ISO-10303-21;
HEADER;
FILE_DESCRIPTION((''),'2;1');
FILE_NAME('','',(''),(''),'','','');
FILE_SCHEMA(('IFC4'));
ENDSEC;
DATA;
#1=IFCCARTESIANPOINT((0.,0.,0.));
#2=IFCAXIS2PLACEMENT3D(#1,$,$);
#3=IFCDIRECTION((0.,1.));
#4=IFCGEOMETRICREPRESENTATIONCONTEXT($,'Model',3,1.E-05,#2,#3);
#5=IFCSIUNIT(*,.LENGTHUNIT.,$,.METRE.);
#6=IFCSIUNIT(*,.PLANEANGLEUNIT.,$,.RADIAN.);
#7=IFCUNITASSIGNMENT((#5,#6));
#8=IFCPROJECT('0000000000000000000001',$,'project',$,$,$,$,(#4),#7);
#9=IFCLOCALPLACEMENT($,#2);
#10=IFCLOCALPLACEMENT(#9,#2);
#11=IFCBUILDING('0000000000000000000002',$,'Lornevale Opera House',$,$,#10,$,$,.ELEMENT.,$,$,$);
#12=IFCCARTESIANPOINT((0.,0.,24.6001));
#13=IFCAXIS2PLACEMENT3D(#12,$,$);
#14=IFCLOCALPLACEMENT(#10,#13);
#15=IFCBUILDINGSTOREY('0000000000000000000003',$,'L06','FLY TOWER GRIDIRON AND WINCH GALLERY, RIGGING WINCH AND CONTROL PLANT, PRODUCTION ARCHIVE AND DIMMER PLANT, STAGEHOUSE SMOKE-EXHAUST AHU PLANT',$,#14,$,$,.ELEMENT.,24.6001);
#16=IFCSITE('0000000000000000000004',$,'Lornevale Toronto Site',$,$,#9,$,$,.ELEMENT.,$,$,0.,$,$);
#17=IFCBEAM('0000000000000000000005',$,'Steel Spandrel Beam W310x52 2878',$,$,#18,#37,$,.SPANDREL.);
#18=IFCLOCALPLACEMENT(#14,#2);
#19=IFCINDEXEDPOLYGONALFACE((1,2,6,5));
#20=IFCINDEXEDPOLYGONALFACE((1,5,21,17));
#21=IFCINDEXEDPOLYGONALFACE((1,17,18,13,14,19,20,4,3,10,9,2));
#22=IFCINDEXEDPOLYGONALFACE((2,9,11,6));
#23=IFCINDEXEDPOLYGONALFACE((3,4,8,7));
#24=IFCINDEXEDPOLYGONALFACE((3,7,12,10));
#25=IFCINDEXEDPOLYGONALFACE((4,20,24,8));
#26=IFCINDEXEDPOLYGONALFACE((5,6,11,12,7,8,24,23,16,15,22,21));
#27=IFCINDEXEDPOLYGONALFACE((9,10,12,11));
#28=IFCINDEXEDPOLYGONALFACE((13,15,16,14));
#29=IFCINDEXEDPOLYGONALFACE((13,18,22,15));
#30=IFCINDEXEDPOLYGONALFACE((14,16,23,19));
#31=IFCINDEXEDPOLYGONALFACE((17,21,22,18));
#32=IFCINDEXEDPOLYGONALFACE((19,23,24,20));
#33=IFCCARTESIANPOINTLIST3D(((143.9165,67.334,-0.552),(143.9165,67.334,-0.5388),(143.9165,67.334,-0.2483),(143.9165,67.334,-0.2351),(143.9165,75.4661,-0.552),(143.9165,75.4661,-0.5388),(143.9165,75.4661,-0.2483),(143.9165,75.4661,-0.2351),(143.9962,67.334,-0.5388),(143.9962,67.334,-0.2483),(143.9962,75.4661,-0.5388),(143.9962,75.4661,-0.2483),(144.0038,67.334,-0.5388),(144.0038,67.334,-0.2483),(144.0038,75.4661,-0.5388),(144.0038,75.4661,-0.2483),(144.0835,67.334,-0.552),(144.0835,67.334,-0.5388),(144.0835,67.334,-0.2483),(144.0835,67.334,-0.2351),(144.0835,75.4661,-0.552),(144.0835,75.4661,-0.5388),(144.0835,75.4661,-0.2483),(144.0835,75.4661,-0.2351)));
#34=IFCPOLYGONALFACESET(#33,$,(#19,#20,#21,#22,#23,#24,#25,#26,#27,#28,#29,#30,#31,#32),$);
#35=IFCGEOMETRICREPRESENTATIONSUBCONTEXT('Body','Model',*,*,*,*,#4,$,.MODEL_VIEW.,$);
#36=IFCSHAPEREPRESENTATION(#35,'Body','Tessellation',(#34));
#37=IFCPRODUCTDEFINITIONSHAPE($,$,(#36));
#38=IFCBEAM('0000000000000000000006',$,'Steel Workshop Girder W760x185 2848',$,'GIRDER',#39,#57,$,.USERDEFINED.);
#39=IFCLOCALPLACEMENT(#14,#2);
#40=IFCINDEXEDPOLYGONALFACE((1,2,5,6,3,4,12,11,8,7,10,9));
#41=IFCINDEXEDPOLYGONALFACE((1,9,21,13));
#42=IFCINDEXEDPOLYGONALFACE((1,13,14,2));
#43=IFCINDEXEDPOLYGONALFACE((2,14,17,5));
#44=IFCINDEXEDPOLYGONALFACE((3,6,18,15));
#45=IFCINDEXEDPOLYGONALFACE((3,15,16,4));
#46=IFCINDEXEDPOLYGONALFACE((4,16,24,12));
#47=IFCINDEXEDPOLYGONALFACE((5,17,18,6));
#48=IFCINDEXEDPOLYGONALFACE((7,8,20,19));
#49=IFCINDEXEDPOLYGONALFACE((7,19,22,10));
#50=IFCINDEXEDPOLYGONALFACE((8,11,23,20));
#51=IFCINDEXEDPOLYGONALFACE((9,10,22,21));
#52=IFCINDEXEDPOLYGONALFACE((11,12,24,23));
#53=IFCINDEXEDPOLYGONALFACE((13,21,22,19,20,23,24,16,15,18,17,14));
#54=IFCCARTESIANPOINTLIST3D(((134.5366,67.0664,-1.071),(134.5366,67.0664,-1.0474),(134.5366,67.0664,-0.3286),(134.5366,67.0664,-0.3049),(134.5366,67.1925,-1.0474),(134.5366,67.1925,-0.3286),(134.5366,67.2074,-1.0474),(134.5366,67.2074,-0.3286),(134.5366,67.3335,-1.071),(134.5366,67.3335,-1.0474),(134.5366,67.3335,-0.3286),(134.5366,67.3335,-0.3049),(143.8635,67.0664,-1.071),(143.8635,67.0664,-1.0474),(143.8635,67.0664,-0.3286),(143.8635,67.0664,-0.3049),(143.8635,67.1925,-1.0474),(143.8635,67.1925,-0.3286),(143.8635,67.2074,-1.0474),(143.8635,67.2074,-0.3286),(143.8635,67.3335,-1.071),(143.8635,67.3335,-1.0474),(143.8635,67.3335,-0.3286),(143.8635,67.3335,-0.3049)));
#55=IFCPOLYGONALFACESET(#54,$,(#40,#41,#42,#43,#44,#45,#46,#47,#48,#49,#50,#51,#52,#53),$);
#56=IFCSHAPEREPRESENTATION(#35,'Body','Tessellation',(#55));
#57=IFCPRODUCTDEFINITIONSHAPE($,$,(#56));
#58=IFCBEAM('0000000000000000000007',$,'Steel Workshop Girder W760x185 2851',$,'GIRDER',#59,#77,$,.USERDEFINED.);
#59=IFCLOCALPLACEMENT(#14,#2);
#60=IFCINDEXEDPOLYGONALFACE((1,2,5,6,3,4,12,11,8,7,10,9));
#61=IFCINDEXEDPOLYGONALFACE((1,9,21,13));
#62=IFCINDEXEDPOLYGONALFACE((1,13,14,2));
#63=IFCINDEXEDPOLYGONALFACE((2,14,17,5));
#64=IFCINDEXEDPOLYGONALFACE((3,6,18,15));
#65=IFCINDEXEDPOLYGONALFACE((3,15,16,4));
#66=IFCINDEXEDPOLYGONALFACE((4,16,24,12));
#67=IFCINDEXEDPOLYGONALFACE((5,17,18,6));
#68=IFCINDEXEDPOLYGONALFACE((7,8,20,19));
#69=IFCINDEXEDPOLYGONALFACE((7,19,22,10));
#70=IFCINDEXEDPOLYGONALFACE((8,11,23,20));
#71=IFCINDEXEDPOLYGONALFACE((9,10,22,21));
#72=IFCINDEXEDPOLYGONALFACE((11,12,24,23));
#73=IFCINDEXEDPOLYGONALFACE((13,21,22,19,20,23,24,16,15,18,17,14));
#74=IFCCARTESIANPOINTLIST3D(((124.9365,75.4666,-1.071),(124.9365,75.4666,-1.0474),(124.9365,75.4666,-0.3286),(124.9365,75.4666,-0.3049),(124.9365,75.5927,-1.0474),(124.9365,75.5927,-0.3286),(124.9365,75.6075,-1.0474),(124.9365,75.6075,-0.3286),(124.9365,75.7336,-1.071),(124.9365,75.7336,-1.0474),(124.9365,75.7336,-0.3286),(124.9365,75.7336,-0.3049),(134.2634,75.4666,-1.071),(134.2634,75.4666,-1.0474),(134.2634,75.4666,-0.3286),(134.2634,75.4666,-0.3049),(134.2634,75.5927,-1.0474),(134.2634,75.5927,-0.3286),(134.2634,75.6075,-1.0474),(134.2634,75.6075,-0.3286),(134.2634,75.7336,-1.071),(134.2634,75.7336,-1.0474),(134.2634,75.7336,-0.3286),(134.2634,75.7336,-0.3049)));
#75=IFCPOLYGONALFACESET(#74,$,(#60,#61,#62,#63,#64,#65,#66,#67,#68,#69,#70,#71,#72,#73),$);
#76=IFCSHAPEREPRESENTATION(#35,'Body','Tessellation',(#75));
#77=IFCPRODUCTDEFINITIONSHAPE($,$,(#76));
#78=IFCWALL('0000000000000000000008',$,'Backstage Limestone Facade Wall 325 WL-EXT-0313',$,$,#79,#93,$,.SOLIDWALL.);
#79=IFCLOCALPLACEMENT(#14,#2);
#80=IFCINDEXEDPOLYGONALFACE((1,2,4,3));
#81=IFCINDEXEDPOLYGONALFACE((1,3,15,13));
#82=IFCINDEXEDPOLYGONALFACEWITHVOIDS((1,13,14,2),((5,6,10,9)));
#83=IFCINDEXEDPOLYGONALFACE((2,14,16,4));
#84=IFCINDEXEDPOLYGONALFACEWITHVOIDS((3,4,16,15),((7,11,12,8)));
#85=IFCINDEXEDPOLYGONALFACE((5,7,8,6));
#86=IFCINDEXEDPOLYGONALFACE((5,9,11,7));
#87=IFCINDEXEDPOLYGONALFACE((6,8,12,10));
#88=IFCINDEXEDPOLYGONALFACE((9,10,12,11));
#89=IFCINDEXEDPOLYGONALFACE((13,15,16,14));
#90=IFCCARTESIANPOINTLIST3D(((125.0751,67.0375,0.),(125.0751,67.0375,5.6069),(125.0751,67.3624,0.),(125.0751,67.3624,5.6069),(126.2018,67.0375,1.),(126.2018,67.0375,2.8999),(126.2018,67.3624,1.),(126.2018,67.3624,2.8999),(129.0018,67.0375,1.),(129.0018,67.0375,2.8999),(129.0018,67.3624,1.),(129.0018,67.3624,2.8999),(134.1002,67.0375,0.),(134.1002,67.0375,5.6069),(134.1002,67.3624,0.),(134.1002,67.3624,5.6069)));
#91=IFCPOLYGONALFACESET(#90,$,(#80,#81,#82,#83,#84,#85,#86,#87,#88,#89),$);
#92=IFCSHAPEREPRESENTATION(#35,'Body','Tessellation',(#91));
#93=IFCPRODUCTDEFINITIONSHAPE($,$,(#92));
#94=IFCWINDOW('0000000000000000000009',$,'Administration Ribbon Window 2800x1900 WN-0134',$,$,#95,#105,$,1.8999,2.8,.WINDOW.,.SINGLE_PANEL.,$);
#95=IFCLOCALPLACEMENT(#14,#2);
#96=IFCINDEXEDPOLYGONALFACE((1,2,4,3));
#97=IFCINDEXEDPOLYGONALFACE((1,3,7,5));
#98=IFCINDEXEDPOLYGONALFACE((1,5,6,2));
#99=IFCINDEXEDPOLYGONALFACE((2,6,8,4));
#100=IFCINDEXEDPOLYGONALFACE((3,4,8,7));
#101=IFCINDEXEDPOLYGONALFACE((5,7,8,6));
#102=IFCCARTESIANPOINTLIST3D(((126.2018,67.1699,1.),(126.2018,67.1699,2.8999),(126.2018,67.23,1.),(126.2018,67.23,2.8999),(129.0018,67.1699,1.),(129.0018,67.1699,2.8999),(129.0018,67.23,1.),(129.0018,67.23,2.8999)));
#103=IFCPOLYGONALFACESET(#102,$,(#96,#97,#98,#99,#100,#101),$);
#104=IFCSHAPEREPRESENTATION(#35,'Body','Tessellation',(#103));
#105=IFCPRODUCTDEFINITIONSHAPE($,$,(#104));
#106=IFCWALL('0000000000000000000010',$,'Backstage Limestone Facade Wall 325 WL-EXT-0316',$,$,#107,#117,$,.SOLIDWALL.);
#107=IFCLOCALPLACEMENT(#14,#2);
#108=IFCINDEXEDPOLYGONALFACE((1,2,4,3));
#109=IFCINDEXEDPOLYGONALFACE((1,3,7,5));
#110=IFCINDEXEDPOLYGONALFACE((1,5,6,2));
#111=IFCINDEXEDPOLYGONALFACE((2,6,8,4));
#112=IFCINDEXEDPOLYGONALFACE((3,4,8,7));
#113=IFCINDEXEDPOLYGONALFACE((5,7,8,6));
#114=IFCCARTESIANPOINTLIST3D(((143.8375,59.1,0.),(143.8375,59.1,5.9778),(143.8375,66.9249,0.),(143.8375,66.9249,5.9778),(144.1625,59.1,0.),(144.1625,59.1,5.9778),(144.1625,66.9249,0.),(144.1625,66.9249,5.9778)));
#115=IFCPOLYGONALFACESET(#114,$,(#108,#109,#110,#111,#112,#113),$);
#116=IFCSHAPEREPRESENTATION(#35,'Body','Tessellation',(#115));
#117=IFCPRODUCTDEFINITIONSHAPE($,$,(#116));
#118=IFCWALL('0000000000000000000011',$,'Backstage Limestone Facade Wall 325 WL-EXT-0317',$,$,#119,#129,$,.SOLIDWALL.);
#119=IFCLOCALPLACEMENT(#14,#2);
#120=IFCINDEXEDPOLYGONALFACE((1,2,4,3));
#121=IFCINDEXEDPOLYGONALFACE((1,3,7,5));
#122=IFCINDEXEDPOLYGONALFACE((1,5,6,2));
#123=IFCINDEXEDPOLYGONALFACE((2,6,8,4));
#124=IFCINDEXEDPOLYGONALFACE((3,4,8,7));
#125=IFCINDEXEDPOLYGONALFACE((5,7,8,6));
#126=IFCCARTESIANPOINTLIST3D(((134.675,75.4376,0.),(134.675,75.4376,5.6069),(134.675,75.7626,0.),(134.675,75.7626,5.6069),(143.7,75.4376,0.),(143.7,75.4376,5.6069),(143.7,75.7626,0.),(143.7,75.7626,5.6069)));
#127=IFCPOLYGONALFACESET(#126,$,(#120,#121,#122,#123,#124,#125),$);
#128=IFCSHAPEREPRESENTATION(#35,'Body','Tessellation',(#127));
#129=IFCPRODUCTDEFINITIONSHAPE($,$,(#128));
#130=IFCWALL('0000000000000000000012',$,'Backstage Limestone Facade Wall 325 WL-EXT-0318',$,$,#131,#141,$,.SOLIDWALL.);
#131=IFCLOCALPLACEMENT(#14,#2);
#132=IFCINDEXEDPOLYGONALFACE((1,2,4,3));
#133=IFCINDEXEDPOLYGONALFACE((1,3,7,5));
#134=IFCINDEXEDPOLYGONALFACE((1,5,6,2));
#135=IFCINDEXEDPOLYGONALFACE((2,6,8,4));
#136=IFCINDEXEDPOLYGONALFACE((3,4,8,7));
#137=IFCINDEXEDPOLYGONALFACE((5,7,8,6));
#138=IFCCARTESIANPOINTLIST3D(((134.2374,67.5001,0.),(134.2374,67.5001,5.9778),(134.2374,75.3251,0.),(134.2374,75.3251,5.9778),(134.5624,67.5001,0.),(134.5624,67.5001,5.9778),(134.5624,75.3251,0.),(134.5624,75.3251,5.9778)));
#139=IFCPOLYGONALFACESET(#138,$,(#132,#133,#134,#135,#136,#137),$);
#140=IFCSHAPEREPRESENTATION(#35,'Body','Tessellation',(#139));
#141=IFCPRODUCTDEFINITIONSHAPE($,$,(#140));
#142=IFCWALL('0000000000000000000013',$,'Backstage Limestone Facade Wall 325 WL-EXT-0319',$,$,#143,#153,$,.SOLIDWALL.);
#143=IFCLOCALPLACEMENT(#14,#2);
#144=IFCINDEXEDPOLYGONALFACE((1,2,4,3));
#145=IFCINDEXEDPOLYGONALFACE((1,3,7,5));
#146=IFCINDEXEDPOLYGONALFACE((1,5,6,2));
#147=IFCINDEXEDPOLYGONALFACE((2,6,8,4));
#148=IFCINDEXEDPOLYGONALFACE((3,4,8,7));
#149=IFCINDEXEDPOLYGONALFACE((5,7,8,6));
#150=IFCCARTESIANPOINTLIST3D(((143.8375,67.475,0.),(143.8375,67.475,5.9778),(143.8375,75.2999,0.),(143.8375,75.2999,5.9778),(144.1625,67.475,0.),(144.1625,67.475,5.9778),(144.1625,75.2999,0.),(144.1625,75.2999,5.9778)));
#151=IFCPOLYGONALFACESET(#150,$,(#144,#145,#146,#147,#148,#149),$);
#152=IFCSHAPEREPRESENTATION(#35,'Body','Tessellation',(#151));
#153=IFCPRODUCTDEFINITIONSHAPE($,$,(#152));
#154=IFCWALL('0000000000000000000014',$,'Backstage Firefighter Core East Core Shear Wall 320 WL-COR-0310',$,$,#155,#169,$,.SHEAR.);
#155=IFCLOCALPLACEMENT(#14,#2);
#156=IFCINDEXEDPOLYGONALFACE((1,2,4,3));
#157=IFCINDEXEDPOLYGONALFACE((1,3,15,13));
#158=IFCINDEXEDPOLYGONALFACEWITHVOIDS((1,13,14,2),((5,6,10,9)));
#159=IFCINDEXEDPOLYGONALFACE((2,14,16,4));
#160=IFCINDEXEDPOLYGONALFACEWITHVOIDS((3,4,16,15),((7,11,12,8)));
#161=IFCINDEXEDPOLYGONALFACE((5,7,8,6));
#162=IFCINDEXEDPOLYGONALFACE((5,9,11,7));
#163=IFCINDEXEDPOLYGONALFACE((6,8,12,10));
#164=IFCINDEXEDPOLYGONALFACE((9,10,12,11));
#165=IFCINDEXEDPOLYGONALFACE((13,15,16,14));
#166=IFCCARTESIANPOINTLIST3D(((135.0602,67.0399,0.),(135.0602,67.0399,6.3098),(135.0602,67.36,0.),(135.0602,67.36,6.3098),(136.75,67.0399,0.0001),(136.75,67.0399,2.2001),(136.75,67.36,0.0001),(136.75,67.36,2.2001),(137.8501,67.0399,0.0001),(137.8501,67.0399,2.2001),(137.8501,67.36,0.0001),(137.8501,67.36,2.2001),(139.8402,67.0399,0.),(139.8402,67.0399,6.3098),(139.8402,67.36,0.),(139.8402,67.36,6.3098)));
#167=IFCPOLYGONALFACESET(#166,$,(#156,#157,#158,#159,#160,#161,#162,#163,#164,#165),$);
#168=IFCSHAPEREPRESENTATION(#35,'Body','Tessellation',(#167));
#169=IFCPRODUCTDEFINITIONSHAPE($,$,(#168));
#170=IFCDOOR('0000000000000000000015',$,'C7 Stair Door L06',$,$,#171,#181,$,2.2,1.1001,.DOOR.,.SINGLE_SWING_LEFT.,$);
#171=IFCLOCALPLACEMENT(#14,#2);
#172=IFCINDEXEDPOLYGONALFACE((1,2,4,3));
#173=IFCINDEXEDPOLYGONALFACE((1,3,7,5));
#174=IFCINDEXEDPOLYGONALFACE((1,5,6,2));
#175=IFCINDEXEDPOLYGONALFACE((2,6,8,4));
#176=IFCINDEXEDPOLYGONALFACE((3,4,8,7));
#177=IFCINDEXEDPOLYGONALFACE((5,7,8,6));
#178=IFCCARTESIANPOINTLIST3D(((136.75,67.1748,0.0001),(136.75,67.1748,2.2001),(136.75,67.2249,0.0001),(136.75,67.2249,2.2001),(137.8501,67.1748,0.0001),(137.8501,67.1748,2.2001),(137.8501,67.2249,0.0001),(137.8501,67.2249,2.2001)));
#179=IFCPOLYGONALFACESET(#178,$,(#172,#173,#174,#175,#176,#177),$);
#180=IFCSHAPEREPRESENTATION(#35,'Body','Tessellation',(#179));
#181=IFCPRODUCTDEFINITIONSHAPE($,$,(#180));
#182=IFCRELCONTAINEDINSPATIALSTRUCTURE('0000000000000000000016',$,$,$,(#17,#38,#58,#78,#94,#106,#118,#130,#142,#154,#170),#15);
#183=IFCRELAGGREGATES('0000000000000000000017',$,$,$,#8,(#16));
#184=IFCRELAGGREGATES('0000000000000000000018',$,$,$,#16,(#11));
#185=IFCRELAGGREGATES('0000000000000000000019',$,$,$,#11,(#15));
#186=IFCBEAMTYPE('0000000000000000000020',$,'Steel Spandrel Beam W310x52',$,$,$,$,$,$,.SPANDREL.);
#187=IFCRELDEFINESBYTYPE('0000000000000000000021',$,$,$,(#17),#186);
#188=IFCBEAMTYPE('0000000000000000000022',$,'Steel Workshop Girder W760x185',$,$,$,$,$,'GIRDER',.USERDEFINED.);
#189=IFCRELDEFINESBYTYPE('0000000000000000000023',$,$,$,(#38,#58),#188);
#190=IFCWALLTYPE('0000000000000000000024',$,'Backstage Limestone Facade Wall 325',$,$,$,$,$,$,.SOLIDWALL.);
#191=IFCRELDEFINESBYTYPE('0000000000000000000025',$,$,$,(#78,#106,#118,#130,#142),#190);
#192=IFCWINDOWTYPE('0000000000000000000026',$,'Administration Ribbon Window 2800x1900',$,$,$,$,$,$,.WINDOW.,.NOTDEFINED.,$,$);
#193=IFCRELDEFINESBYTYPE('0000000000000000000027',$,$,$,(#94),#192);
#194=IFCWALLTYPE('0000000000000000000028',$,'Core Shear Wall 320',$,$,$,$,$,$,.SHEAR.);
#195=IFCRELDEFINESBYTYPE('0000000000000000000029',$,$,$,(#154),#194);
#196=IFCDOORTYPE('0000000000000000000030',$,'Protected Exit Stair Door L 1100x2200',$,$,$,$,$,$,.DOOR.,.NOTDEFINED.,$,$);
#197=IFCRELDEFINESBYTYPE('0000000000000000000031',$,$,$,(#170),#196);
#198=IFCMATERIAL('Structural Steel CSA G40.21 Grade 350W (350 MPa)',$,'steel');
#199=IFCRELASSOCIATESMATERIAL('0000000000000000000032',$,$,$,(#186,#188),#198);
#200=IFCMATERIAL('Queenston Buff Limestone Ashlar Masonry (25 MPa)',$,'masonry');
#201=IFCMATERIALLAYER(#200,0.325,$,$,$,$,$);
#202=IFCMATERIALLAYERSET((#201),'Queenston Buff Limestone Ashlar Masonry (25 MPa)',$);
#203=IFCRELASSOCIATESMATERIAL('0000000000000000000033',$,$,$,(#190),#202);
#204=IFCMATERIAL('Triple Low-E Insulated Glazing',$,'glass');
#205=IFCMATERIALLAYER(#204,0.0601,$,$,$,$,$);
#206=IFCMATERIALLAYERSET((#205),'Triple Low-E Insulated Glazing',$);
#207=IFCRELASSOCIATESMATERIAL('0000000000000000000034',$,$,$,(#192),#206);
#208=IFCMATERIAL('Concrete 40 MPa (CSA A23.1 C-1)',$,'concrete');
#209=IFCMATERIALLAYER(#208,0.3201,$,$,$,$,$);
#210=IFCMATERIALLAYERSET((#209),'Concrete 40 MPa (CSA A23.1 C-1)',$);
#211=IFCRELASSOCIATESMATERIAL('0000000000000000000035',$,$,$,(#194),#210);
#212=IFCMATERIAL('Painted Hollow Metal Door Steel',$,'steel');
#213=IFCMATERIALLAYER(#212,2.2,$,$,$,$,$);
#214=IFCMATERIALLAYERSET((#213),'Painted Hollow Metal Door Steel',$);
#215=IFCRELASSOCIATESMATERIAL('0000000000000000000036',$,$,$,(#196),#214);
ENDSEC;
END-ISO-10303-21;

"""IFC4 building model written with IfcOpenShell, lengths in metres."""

from ifc_helpers import new_model, si_unit, direction, frame, frame_2d, origin, origin_2d, place, context, subcontext, project, spatial, rectangle, i_section, extrude, material, layer, layer_set, material_profile, profile_set, type_object, element, fill, save


model = new_model("IFC4")

# Units and contexts
model_context = context("Model", 3, precision=1e-05, world=origin(), true_north=direction((0.0, 1.0)))
body_context = subcontext(model_context, "Body", "Model", "MODEL_VIEW")
ifc_project = project(units=[si_unit("LENGTHUNIT", "METRE"), si_unit("PLANEANGLEUNIT", "RADIAN")], contexts=[model_context])

# Site, building, storey
site_placement = place(None, origin())
site = spatial("IfcSite", under=ifc_project, at=site_placement, Name="Lornevale Toronto Site", CompositionType="ELEMENT", RefElevation=0.0)
building_placement = place(site_placement, origin())
building = spatial("IfcBuilding", under=site, at=building_placement, Name="Lornevale Opera House", CompositionType="ELEMENT")
storey_placement = place(building_placement, frame((0.0, 0.0, 24.6001)))
storey = spatial("IfcBuildingStorey", under=building, at=storey_placement, Name="L06", Description="FLY TOWER GRIDIRON AND WINCH GALLERY, RIGGING WINCH AND CONTROL PLANT, PRODUCTION ARCHIVE AND DIMMER PLANT, STAGEHOUSE SMOKE-EXHAUST AHU PLANT", CompositionType="ELEMENT", Elevation=24.6001)

# Beams
ifc_material_1 = material(Name="Structural Steel CSA G40.21 Grade 350W (350 MPa)", Category="steel")
ifc_material_profile_1 = material_profile(ifc_material_1, i_section(OverallWidth=0.167, OverallDepth=0.3169, WebThickness=0.0076, FlangeThickness=0.0132, at=origin_2d()), Name="W310x52")
ifc_profile_set_1 = profile_set([ifc_material_profile_1], Name="Structural Steel CSA G40.21 Grade 350W (350 MPa)")
beam_type_1 = type_object("IfcBeamType", Name="Steel Spandrel Beam W310x52", PredefinedType="SPANDREL", material=ifc_profile_set_1)
beam_1_placement = place(storey_placement, frame((144.0, 67.334, -0.3936), z_axis=(0.0, 1.0, 0.0), x_axis=(-1.0, 0.0, 0.0)))
element("IfcBeam", 1, at=beam_1_placement, inside=storey, type_object=beam_type_1, Name="Steel Spandrel Beam W310x52 2878", PredefinedType="SPANDREL", context=body_context, shape_type="SweptSolid", body=[
    extrude(i_section(OverallWidth=0.167, OverallDepth=0.3169, WebThickness=0.0076, FlangeThickness=0.0132, at=origin_2d()), origin(), (0.0, 0.0, 1.0), 8.1321),
])
ifc_material_profile_2 = material_profile(ifc_material_1, i_section(OverallWidth=0.2671, OverallDepth=0.7661, WebThickness=0.0149, FlangeThickness=0.0237, at=origin_2d()), Name="W760x185")
ifc_profile_set_2 = profile_set([ifc_material_profile_2], Name="Structural Steel CSA G40.21 Grade 350W (350 MPa)")
beam_type_2 = type_object("IfcBeamType", Name="Steel Workshop Girder W760x185", ElementType="GIRDER", PredefinedType="USERDEFINED", material=ifc_profile_set_2)
for number, where, z_axis, x_axis, name in (
    (2, (134.5366, 67.2, -0.688), (1.0, 0.0, 0.0), (0.0, 1.0, 0.0), "Steel Workshop Girder W760x185 2848"),
    (3, (124.9365, 75.6001, -0.688), (1.0, 0.0, 0.0), (0.0, 1.0, 0.0), "Steel Workshop Girder W760x185 2851"),
):
    element("IfcBeam", number, at=place(storey_placement, frame(where, z_axis=z_axis, x_axis=x_axis)), inside=storey, type_object=beam_type_2, Name=name, ObjectType="GIRDER", PredefinedType="USERDEFINED", context=body_context, shape_type="SweptSolid", body=[
        extrude(i_section(OverallWidth=0.2671, OverallDepth=0.7661, WebThickness=0.0149, FlangeThickness=0.0237, at=origin_2d()), origin(), (0.0, 0.0, 1.0), 9.3269),
    ])

# Wall, opening, window
ifc_material_2 = material(Name="Queenston Buff Limestone Ashlar Masonry (25 MPa)", Category="masonry")
ifc_layer_1 = layer(ifc_material_2, 0.325)
ifc_layer_set_1 = layer_set([ifc_layer_1], Name="Queenston Buff Limestone Ashlar Masonry (25 MPa)")
wall_type_1 = type_object("IfcWallType", Name="Backstage Limestone Facade Wall 325", PredefinedType="SOLIDWALL", material=ifc_layer_set_1)
wall_1_placement = place(storey_placement, frame((125.075, 67.2, 0.0), z_axis=(0.0, 0.0, 1.0), x_axis=(1.0, 0.0, 0.0)))
wall_1 = element("IfcWall", 4, at=wall_1_placement, inside=storey, type_object=wall_type_1, Name="Backstage Limestone Facade Wall 325 WL-EXT-0313", PredefinedType="SOLIDWALL", context=body_context, shape_type="SweptSolid", body=[
    extrude(rectangle(XDim=9.0251, YDim=0.325, at=frame_2d((4.5127, 0.0))), origin(), (0.0, 0.0, 1.0), 5.6069),
])
opening_1_placement = place(wall_1_placement, frame((1.127, 0.0, 1.0)))
opening_1 = element("IfcOpeningElement", 5, at=opening_1_placement, cuts=wall_1, PredefinedType="OPENING", context=body_context, shape_type="SweptSolid", body=[
    extrude(rectangle(XDim=2.8, YDim=1.8999, at=frame_2d((1.3999, 0.95))), frame((0.0, 0.1724, 0.0), z_axis=(0.0, -1.0, 0.0), x_axis=(1.0, 0.0, 0.0)), (0.0, 0.0, 1.0), 0.345),
])
ifc_material_3 = material(Name="Triple Low-E Insulated Glazing", Category="glass")
ifc_layer_2 = layer(ifc_material_3, 0.0601)
ifc_layer_set_2 = layer_set([ifc_layer_2], Name="Triple Low-E Insulated Glazing")
window_type = type_object("IfcWindowType", Name="Administration Ribbon Window 2800x1900", PartitioningType="NOTDEFINED", PredefinedType="WINDOW", material=ifc_layer_set_2)
window_placement = place(opening_1_placement, origin())
window = element("IfcWindow", 6, at=window_placement, inside=storey, type_object=window_type, Name="Administration Ribbon Window 2800x1900 WN-0134", OverallHeight=1.8999, OverallWidth=2.8, PartitioningType="SINGLE_PANEL", PredefinedType="WINDOW", context=body_context, shape_type="SweptSolid", body=[
    extrude(rectangle(XDim=2.8, YDim=1.8999, at=frame_2d((1.3999, 0.95))), frame((0.0, 0.03, 0.0), z_axis=(0.0, -1.0, 0.0), x_axis=(1.0, 0.0, 0.0)), (0.0, 0.0, 1.0), 0.0601),
])
fill(opening_1, window)

# Walls
wall_2_placement = place(storey_placement, frame((144.0, 66.925, 0.0), z_axis=(0.0, 0.0, 1.0), x_axis=(0.0, -1.0, 0.0)))
element("IfcWall", 7, at=wall_2_placement, inside=storey, type_object=wall_type_1, Name="Backstage Limestone Facade Wall 325 WL-EXT-0316", PredefinedType="SOLIDWALL", context=body_context, shape_type="SweptSolid", body=[
    extrude(rectangle(XDim=7.825, YDim=0.325, at=frame_2d((3.9126, 0.0))), origin(), (0.0, 0.0, 1.0), 5.9778),
])
wall_3_placement = place(storey_placement, frame((134.675, 75.6001, 0.0), z_axis=(0.0, 0.0, 1.0), x_axis=(1.0, 0.0, 0.0)))
element("IfcWall", 8, at=wall_3_placement, inside=storey, type_object=wall_type_1, Name="Backstage Limestone Facade Wall 325 WL-EXT-0317", PredefinedType="SOLIDWALL", context=body_context, shape_type="SweptSolid", body=[
    extrude(rectangle(XDim=9.0249, YDim=0.325, at=frame_2d((4.5125, 0.0))), origin(), (0.0, 0.0, 1.0), 5.6069),
])
for number, where, z_axis, x_axis, name in (
    (9, (134.3999, 67.5, 0.0), (0.0, 0.0, 1.0), (0.0, 1.0, 0.0), "Backstage Limestone Facade Wall 325 WL-EXT-0318"),
    (10, (144.0, 75.3, 0.0), (0.0, 0.0, 1.0), (0.0, -1.0, 0.0), "Backstage Limestone Facade Wall 325 WL-EXT-0319"),
):
    element("IfcWall", number, at=place(storey_placement, frame(where, z_axis=z_axis, x_axis=x_axis)), inside=storey, type_object=wall_type_1, Name=name, PredefinedType="SOLIDWALL", context=body_context, shape_type="SweptSolid", body=[
        extrude(rectangle(XDim=7.825, YDim=0.325, at=frame_2d((3.9126, 0.0))), origin(), (0.0, 0.0, 1.0), 5.9778),
    ])

# Wall, opening, door
ifc_material_4 = material(Name="Concrete 40 MPa (CSA A23.1 C-1)", Category="concrete")
ifc_layer_3 = layer(ifc_material_4, 0.3201)
ifc_layer_set_3 = layer_set([ifc_layer_3], Name="Concrete 40 MPa (CSA A23.1 C-1)")
wall_type_2 = type_object("IfcWallType", Name="Core Shear Wall 320", PredefinedType="SHEAR", material=ifc_layer_set_3)
wall_4_placement = place(storey_placement, frame((135.0601, 67.2, 0.0), z_axis=(0.0, 0.0, 1.0), x_axis=(1.0, 0.0, 0.0)))
wall_4 = element("IfcWall", 11, at=wall_4_placement, inside=storey, type_object=wall_type_2, Name="Backstage Firefighter Core East Core Shear Wall 320 WL-COR-0310", PredefinedType="SHEAR", context=body_context, shape_type="SweptSolid", body=[
    extrude(rectangle(XDim=4.78, YDim=0.3201, at=frame_2d((2.3901, 0.0))), origin(), (0.0, 0.0, 1.0), 6.3098),
])
opening_2_placement = place(wall_4_placement, frame((1.6899, 0.0, 0.0)))
opening_2 = element("IfcOpeningElement", 12, at=opening_2_placement, cuts=wall_4, PredefinedType="OPENING", context=body_context, shape_type="SweptSolid", body=[
    extrude(rectangle(XDim=1.1001, YDim=2.2, at=frame_2d((0.55, 1.1001))), frame((0.0, 0.1699, 0.0), z_axis=(0.0, -1.0, 0.0), x_axis=(1.0, 0.0, 0.0)), (0.0, 0.0, 1.0), 0.3401),
])
ifc_material_5 = material(Name="Painted Hollow Metal Door Steel", Category="steel")
ifc_layer_4 = layer(ifc_material_5, 2.2)
ifc_layer_set_4 = layer_set([ifc_layer_4], Name="Painted Hollow Metal Door Steel")
door_type_1 = type_object("IfcDoorType", Name="Protected Exit Stair Door L 1100x2200", OperationType="NOTDEFINED", PredefinedType="DOOR", material=ifc_layer_set_4)
door_1_placement = place(opening_2_placement, origin())
door_1 = element("IfcDoor", 13, at=door_1_placement, inside=storey, type_object=door_type_1, Name="C7 Stair Door L06", OperationType="SINGLE_SWING_LEFT", OverallHeight=2.2, OverallWidth=1.1001, PredefinedType="DOOR", context=body_context, shape_type="SweptSolid", body=[
    extrude(rectangle(XDim=1.1001, YDim=2.2, at=frame_2d((0.55, 1.1001))), frame((0.0, 0.0249, 0.0), z_axis=(0.0, -1.0, 0.0), x_axis=(1.0, 0.0, 0.0)), (0.0, 0.0, 1.0), 0.05),
])
fill(opening_2, door_1)

save(model, "model.ifc")
